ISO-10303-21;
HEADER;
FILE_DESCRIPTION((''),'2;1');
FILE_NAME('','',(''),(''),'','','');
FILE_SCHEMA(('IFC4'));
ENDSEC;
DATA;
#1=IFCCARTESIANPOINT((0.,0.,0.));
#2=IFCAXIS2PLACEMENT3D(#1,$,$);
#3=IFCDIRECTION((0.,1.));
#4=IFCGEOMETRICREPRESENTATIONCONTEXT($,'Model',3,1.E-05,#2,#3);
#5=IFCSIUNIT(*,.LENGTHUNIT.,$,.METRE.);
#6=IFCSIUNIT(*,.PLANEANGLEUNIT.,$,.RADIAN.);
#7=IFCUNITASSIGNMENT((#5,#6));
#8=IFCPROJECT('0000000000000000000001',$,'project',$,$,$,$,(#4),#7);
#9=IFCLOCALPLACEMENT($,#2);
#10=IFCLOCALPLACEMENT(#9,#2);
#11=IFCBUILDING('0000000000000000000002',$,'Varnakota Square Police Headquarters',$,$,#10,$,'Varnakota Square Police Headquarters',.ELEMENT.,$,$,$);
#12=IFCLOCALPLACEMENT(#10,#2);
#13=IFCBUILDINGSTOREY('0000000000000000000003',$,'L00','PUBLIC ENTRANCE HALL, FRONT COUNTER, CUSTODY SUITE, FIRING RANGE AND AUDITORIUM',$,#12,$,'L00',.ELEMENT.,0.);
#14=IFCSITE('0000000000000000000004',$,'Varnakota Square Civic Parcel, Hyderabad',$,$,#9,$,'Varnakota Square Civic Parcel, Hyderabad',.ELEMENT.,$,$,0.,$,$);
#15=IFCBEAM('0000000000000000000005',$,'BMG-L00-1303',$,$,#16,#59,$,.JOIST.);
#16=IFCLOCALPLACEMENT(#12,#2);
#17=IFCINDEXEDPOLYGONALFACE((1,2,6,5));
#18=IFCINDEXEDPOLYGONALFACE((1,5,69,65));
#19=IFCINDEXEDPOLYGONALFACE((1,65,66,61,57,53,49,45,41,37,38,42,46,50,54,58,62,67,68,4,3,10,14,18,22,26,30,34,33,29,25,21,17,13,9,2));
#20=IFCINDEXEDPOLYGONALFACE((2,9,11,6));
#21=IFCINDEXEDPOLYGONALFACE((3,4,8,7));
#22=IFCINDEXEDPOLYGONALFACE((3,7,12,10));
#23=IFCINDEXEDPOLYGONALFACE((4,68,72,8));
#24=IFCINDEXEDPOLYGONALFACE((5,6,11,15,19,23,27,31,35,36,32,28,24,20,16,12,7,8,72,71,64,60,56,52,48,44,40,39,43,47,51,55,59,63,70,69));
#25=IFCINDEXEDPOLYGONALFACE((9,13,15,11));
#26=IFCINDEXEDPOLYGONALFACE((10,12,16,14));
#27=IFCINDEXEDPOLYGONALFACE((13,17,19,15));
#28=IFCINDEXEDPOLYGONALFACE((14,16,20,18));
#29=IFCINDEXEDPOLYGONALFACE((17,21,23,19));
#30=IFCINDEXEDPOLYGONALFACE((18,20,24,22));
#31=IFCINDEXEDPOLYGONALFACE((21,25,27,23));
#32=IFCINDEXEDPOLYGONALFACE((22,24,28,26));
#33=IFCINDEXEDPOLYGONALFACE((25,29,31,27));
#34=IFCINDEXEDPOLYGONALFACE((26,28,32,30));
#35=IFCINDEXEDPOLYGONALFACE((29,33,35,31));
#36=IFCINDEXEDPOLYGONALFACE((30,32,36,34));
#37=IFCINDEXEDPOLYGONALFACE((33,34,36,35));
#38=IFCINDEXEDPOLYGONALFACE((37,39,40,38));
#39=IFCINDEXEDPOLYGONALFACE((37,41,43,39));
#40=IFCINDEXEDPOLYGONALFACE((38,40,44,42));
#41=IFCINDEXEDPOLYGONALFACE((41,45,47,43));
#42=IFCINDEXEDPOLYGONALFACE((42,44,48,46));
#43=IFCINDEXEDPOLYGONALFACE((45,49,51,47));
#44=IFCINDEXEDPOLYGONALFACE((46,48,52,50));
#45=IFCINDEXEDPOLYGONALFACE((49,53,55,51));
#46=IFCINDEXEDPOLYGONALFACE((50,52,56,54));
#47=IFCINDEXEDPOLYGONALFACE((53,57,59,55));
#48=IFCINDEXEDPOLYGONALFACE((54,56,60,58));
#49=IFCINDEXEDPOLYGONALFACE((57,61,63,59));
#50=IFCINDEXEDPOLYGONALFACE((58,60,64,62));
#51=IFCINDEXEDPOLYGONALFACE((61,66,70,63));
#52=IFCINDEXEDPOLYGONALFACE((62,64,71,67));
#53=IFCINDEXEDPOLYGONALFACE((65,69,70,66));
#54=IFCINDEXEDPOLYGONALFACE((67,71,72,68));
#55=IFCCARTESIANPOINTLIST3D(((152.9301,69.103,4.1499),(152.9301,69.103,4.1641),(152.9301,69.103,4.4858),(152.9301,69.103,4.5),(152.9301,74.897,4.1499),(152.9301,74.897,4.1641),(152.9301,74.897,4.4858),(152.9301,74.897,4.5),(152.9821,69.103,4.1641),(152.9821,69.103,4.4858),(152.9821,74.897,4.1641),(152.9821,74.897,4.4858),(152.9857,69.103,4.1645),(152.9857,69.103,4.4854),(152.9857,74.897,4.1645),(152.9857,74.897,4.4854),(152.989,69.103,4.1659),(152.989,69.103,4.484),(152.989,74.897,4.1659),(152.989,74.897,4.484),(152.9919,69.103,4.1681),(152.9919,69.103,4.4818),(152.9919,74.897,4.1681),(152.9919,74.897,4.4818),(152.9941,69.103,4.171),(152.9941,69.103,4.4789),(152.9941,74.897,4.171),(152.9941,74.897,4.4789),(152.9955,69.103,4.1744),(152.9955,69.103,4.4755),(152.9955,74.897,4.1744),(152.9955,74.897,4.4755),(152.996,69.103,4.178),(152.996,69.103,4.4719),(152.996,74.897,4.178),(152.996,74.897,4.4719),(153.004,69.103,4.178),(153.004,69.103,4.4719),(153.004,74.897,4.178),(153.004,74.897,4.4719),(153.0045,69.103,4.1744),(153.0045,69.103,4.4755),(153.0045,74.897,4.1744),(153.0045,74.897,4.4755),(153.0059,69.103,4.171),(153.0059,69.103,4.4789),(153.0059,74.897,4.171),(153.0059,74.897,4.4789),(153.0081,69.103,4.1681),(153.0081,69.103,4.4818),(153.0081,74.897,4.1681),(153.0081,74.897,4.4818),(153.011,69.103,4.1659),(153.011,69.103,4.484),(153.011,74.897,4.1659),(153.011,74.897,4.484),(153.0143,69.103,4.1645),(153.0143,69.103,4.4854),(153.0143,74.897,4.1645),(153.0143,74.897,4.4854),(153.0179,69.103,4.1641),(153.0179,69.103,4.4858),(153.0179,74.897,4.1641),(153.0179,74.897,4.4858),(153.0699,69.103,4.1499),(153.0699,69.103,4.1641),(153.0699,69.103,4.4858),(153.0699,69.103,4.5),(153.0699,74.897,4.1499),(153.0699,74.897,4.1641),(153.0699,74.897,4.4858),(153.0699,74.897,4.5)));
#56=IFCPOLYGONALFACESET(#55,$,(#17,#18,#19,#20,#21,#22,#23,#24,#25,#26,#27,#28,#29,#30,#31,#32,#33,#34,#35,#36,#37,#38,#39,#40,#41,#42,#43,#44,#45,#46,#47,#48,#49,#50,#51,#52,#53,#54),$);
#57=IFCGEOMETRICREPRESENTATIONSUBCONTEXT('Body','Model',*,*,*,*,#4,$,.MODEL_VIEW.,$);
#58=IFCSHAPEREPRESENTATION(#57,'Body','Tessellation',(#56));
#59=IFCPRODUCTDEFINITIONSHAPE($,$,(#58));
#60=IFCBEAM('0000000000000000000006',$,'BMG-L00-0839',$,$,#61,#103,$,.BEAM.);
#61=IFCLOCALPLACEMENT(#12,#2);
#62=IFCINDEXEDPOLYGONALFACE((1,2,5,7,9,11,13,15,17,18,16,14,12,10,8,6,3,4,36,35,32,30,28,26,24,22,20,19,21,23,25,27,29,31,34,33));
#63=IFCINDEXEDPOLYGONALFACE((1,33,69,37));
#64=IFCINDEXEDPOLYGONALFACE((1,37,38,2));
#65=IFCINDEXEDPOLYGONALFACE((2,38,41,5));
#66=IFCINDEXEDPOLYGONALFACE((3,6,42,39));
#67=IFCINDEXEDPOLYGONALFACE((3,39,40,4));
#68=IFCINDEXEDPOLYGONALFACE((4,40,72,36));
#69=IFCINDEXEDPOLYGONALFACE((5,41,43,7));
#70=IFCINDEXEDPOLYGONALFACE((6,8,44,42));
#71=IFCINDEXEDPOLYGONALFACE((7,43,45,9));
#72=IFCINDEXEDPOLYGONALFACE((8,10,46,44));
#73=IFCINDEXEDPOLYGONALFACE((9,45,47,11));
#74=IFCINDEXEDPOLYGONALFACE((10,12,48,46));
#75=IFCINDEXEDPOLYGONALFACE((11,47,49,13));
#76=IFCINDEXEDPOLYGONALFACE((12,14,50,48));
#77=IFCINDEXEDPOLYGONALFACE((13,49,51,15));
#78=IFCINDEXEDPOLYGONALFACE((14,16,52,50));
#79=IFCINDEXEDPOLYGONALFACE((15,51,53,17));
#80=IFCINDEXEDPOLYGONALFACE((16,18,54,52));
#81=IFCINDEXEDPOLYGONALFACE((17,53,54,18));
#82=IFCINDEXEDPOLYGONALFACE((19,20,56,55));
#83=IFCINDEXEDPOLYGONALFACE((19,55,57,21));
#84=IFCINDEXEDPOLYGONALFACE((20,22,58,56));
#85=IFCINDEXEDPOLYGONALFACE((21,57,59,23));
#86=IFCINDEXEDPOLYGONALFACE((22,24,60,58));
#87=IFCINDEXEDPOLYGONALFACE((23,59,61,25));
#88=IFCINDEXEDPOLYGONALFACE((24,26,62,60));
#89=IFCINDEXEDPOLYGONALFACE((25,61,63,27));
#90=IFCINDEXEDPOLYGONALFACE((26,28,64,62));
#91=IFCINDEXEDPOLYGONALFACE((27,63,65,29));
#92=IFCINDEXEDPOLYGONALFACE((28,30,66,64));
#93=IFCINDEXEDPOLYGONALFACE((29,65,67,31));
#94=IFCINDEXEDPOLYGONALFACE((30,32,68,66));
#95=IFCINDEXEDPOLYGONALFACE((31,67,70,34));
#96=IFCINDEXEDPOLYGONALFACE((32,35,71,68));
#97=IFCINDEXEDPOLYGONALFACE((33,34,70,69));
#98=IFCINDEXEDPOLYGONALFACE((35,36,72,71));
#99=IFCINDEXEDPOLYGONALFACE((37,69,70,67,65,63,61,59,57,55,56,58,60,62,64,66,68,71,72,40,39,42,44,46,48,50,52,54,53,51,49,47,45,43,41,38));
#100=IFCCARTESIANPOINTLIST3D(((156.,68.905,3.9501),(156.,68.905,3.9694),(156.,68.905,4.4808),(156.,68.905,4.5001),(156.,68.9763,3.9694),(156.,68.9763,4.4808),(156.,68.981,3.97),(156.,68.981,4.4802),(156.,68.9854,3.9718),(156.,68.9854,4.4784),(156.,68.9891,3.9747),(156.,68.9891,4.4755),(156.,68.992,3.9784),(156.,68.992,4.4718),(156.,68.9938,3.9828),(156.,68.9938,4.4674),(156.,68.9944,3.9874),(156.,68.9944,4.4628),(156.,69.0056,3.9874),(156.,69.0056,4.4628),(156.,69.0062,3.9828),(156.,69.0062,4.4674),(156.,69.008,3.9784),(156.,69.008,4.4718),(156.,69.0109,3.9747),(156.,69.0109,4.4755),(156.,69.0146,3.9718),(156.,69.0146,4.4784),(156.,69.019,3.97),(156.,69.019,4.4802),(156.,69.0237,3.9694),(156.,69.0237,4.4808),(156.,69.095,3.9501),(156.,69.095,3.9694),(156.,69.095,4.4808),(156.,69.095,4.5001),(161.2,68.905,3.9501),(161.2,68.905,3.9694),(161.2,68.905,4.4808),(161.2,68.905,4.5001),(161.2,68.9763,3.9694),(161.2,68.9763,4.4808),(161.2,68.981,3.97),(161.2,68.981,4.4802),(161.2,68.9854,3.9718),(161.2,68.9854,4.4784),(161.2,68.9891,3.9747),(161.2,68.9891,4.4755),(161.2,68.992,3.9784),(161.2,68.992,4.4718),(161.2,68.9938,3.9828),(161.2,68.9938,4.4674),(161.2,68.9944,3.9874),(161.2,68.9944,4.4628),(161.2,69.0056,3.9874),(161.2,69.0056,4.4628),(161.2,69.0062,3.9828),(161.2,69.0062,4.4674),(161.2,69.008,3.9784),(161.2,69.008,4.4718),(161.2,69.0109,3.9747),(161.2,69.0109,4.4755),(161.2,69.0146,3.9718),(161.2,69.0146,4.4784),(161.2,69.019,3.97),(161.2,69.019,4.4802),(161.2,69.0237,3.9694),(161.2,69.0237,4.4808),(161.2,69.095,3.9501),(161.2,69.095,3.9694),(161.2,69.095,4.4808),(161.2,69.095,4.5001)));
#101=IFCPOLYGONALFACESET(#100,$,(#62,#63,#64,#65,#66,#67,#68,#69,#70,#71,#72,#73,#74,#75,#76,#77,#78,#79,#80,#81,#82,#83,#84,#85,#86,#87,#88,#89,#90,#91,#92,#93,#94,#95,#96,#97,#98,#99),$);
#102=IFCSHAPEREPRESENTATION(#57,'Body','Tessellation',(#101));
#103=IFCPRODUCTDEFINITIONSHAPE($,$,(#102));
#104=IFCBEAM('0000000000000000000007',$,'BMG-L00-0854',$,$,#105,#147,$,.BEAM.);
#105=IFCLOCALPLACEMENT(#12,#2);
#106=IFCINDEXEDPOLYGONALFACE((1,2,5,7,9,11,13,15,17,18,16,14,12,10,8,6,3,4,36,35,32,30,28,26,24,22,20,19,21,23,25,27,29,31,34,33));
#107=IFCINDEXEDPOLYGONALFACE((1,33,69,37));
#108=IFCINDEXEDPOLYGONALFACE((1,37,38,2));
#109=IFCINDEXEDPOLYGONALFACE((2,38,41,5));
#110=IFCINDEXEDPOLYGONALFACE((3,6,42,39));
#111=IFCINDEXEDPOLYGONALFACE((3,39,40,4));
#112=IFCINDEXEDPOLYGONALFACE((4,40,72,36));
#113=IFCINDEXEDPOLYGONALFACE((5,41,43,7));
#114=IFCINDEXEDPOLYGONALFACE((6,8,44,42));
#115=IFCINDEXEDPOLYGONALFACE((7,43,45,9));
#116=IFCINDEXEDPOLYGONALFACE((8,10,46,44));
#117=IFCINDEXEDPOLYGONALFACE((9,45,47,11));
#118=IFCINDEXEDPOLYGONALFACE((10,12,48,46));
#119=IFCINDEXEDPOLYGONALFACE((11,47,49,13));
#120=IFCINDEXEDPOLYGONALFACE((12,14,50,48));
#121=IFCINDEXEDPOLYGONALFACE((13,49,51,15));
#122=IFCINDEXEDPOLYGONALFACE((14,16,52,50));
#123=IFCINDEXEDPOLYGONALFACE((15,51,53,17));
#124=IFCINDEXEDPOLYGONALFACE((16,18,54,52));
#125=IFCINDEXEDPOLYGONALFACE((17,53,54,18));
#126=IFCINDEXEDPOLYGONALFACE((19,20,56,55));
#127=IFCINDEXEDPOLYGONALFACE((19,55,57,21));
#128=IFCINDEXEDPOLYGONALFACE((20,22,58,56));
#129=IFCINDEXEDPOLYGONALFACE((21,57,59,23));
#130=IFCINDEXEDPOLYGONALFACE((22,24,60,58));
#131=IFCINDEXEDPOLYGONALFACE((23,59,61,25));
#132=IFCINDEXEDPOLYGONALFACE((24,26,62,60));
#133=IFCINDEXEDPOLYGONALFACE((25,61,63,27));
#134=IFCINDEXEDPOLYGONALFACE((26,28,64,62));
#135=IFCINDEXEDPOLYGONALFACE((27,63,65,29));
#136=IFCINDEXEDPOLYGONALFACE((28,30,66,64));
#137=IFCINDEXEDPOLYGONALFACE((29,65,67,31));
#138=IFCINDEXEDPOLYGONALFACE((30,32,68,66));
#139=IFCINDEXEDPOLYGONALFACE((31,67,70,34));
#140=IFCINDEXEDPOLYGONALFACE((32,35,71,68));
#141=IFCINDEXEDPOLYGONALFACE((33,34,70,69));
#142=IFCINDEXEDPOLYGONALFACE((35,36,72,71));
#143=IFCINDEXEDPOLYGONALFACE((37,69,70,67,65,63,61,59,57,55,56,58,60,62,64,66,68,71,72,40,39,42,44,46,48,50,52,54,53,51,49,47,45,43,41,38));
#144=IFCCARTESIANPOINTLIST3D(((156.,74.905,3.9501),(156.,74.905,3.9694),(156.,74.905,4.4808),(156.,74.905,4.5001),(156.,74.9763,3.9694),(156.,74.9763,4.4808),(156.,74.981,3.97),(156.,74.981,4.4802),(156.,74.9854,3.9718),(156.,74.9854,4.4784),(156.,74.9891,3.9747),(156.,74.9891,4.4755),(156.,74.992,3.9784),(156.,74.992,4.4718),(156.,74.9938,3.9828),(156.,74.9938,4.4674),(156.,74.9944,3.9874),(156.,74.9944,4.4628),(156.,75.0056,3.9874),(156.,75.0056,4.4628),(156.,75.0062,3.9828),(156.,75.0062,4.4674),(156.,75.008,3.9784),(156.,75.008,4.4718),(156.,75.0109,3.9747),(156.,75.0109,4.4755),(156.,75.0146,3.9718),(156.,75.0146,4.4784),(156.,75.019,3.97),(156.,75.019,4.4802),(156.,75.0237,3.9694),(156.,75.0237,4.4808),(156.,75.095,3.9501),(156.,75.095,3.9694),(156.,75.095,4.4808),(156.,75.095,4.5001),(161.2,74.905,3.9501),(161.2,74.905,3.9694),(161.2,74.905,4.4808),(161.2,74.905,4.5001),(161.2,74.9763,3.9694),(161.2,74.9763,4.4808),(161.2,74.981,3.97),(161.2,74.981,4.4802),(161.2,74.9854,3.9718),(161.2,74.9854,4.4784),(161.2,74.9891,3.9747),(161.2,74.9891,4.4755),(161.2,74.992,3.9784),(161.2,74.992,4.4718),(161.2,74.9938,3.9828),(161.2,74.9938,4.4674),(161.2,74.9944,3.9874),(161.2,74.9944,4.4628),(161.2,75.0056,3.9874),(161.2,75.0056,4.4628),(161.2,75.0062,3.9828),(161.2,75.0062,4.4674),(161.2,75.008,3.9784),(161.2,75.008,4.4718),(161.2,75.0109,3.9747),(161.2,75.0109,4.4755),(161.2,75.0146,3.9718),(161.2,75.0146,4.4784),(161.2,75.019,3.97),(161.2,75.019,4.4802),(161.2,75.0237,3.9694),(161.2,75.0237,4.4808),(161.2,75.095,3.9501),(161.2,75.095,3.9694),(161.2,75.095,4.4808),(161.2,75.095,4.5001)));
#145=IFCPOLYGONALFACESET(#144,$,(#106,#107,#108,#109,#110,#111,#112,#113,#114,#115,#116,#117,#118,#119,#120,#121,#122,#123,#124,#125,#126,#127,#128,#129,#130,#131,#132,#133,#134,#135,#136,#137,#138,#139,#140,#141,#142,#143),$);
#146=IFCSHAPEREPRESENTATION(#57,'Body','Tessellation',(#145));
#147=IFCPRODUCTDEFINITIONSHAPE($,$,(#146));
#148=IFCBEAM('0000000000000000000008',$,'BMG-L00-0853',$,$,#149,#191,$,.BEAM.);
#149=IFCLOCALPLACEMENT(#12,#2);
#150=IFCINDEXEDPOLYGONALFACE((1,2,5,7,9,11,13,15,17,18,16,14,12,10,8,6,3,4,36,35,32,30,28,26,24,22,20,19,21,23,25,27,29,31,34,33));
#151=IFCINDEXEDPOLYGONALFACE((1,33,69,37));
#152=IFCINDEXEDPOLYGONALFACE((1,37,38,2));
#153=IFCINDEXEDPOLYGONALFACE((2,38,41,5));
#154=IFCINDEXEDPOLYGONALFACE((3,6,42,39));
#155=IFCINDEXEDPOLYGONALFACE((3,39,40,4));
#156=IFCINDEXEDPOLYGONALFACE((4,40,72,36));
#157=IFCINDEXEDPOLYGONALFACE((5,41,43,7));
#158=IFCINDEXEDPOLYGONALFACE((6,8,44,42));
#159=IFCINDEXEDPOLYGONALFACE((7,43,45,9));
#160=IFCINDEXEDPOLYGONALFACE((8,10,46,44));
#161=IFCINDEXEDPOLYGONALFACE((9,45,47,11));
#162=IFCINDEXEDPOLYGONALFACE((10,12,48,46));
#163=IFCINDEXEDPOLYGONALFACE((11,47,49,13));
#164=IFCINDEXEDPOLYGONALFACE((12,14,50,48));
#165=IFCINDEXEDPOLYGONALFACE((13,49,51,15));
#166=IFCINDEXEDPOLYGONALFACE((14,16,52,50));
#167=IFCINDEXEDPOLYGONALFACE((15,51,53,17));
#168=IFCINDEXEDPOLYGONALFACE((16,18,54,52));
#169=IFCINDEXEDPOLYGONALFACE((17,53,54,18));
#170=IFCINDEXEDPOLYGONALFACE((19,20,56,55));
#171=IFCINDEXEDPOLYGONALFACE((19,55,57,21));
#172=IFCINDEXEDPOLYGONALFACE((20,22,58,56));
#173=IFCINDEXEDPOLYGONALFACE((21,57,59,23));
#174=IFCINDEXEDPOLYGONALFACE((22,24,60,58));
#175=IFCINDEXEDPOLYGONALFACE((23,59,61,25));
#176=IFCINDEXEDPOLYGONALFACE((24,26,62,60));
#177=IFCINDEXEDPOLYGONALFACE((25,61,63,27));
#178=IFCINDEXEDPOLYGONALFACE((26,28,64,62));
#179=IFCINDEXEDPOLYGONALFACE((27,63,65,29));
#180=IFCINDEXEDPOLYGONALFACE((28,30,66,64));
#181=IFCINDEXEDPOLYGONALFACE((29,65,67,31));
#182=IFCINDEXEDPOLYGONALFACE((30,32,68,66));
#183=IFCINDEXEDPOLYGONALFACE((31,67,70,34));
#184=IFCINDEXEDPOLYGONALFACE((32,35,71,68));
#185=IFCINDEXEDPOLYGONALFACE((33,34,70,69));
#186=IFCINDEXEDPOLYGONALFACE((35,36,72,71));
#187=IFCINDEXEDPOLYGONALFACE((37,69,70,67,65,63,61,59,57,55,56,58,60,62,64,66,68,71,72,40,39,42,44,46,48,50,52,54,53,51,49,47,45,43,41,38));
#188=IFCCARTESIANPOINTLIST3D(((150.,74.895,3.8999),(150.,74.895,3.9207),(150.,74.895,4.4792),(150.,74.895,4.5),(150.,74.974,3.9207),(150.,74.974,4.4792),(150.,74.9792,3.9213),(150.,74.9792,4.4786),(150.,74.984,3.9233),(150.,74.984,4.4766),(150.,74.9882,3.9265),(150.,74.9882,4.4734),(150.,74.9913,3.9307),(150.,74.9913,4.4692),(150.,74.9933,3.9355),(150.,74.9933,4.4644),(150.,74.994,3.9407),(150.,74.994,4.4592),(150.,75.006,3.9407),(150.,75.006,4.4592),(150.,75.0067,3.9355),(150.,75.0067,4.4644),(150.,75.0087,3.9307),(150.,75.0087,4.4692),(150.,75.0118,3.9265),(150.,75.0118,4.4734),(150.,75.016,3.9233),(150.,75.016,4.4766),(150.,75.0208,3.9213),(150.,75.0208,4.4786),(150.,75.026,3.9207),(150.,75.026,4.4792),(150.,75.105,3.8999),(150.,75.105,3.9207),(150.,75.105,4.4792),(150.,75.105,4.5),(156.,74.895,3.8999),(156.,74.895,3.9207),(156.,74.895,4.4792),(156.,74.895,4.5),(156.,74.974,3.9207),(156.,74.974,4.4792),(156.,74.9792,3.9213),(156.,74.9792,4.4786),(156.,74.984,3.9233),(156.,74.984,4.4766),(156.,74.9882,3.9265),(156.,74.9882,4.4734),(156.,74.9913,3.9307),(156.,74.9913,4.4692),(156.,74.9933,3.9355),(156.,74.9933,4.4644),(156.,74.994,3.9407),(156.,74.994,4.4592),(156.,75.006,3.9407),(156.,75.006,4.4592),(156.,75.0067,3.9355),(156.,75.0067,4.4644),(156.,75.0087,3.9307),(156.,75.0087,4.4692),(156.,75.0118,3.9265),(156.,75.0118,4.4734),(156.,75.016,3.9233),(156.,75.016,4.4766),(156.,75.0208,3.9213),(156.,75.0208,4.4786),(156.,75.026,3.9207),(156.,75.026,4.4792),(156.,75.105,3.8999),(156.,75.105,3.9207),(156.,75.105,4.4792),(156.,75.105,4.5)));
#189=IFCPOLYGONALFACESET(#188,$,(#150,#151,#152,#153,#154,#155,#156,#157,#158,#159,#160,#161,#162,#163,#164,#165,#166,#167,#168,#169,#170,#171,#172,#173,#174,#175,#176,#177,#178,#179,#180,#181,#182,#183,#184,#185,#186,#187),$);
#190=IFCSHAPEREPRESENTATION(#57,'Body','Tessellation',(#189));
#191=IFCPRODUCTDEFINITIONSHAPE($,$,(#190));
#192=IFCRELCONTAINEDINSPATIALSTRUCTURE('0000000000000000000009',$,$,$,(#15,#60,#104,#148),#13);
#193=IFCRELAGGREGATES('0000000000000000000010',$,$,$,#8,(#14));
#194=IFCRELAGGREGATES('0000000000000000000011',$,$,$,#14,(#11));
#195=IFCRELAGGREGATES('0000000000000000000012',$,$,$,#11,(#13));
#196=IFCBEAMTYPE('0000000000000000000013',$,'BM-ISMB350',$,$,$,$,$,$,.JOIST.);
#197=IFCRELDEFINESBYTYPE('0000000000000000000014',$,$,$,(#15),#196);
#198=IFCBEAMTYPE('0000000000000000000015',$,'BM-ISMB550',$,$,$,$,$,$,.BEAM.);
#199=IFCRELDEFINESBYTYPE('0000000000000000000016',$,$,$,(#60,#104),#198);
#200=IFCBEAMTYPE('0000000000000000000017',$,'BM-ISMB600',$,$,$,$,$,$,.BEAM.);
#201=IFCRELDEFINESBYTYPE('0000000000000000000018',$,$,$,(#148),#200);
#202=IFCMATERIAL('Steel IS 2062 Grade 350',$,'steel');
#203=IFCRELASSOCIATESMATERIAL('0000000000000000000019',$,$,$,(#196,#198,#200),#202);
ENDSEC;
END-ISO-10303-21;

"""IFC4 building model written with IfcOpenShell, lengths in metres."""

from ifc_helpers import new_model, si_unit, direction, frame, origin, origin_2d, place, context, subcontext, project, spatial, i_section, extrude, material, material_profile, profile_set, type_object, element, save


model = new_model("IFC4")

# Units and contexts
model_context = context("Model", 3, precision=1e-05, world=origin(), true_north=direction((0.0, 1.0)))
body_context = subcontext(model_context, "Body", "Model", "MODEL_VIEW")
ifc_project = project(units=[si_unit("LENGTHUNIT", "METRE"), si_unit("PLANEANGLEUNIT", "RADIAN")], contexts=[model_context])

# Site, building, storey
site_placement = place(None, origin())
site = spatial("IfcSite", under=ifc_project, at=site_placement, Name="Varnakota Square Civic Parcel, Hyderabad", LongName="Varnakota Square Civic Parcel, Hyderabad", CompositionType="ELEMENT", RefElevation=0.0)
building_placement = place(site_placement, origin())
building = spatial("IfcBuilding", under=site, at=building_placement, Name="Varnakota Square Police Headquarters", LongName="Varnakota Square Police Headquarters", CompositionType="ELEMENT")
storey_placement = place(building_placement, origin())
storey = spatial("IfcBuildingStorey", under=building, at=storey_placement, Name="L00", Description="PUBLIC ENTRANCE HALL, FRONT COUNTER, CUSTODY SUITE, FIRING RANGE AND AUDITORIUM", LongName="L00", CompositionType="ELEMENT", Elevation=0.0)

# Beams
ifc_material_1 = material(Name="Steel IS 2062 Grade 350", Category="steel")
ifc_material_profile_1 = material_profile(ifc_material_1, i_section(OverallWidth=0.1399, OverallDepth=0.3501, WebThickness=0.0081, FlangeThickness=0.0142, FilletRadius=0.0139, at=origin_2d()), Name="ISMB 350")
ifc_profile_set_1 = profile_set([ifc_material_profile_1], Name="Steel IS 2062 Grade 350")
beam_type_1 = type_object("IfcBeamType", Name="BM-ISMB350", PredefinedType="JOIST", material=ifc_profile_set_1)
beam_1_placement = place(storey_placement, frame((153.0, 69.103, 4.325), z_axis=(0.0, 1.0, 0.0), x_axis=(-1.0, 0.0, 0.0)))
element("IfcBeam", 1, at=beam_1_placement, inside=storey, type_object=beam_type_1, Name="BMG-L00-1303", PredefinedType="JOIST", context=body_context, shape_type="SweptSolid", body=[
    extrude(i_section(OverallWidth=0.1399, OverallDepth=0.3501, WebThickness=0.0081, FlangeThickness=0.0142, FilletRadius=0.0139, at=origin_2d()), origin(), (0.0, 0.0, 1.0), 5.7939),
])
ifc_material_profile_2 = material_profile(ifc_material_1, i_section(OverallWidth=0.1899, OverallDepth=0.55, WebThickness=0.0112, FlangeThickness=0.0193, FilletRadius=0.0181, at=origin_2d()), Name="ISMB 550")
ifc_profile_set_2 = profile_set([ifc_material_profile_2], Name="Steel IS 2062 Grade 350")
beam_type_2 = type_object("IfcBeamType", Name="BM-ISMB550", PredefinedType="BEAM", material=ifc_profile_set_2)
for number, where, z_axis, x_axis, name in (
    (2, (156.0, 69.0, 4.2251), (1.0, 0.0, 0.0), (0.0, 1.0, 0.0), "BMG-L00-0839"),
    (3, (156.0, 75.0, 4.2251), (1.0, 0.0, 0.0), (0.0, 1.0, 0.0), "BMG-L00-0854"),
):
    element("IfcBeam", number, at=place(storey_placement, frame(where, z_axis=z_axis, x_axis=x_axis)), inside=storey, type_object=beam_type_2, Name=name, PredefinedType="BEAM", context=body_context, shape_type="SweptSolid", body=[
        extrude(i_section(OverallWidth=0.1899, OverallDepth=0.55, WebThickness=0.0112, FlangeThickness=0.0193, FilletRadius=0.0181, at=origin_2d()), origin(), (0.0, 0.0, 1.0), 5.2),
    ])
ifc_material_profile_3 = material_profile(ifc_material_1, i_section(OverallWidth=0.21, OverallDepth=0.6001, WebThickness=0.012, FlangeThickness=0.0208, FilletRadius=0.02, at=origin_2d()), Name="ISMB 600")
ifc_profile_set_3 = profile_set([ifc_material_profile_3], Name="Steel IS 2062 Grade 350")
beam_type_3 = type_object("IfcBeamType", Name="BM-ISMB600", PredefinedType="BEAM", material=ifc_profile_set_3)
for number, where, z_axis, x_axis, name in (
    (4, (150.0, 75.0, 4.2), (1.0, 0.0, 0.0), (0.0, 1.0, 0.0), "BMG-L00-0853"),
):
    element("IfcBeam", number, at=place(storey_placement, frame(where, z_axis=z_axis, x_axis=x_axis)), inside=storey, type_object=beam_type_3, Name=name, PredefinedType="BEAM", context=body_context, shape_type="SweptSolid", body=[
        extrude(i_section(OverallWidth=0.21, OverallDepth=0.6001, WebThickness=0.012, FlangeThickness=0.0208, FilletRadius=0.02, at=origin_2d()), origin(), (0.0, 0.0, 1.0), 6.0),
    ])

save(model, "model.ifc")
